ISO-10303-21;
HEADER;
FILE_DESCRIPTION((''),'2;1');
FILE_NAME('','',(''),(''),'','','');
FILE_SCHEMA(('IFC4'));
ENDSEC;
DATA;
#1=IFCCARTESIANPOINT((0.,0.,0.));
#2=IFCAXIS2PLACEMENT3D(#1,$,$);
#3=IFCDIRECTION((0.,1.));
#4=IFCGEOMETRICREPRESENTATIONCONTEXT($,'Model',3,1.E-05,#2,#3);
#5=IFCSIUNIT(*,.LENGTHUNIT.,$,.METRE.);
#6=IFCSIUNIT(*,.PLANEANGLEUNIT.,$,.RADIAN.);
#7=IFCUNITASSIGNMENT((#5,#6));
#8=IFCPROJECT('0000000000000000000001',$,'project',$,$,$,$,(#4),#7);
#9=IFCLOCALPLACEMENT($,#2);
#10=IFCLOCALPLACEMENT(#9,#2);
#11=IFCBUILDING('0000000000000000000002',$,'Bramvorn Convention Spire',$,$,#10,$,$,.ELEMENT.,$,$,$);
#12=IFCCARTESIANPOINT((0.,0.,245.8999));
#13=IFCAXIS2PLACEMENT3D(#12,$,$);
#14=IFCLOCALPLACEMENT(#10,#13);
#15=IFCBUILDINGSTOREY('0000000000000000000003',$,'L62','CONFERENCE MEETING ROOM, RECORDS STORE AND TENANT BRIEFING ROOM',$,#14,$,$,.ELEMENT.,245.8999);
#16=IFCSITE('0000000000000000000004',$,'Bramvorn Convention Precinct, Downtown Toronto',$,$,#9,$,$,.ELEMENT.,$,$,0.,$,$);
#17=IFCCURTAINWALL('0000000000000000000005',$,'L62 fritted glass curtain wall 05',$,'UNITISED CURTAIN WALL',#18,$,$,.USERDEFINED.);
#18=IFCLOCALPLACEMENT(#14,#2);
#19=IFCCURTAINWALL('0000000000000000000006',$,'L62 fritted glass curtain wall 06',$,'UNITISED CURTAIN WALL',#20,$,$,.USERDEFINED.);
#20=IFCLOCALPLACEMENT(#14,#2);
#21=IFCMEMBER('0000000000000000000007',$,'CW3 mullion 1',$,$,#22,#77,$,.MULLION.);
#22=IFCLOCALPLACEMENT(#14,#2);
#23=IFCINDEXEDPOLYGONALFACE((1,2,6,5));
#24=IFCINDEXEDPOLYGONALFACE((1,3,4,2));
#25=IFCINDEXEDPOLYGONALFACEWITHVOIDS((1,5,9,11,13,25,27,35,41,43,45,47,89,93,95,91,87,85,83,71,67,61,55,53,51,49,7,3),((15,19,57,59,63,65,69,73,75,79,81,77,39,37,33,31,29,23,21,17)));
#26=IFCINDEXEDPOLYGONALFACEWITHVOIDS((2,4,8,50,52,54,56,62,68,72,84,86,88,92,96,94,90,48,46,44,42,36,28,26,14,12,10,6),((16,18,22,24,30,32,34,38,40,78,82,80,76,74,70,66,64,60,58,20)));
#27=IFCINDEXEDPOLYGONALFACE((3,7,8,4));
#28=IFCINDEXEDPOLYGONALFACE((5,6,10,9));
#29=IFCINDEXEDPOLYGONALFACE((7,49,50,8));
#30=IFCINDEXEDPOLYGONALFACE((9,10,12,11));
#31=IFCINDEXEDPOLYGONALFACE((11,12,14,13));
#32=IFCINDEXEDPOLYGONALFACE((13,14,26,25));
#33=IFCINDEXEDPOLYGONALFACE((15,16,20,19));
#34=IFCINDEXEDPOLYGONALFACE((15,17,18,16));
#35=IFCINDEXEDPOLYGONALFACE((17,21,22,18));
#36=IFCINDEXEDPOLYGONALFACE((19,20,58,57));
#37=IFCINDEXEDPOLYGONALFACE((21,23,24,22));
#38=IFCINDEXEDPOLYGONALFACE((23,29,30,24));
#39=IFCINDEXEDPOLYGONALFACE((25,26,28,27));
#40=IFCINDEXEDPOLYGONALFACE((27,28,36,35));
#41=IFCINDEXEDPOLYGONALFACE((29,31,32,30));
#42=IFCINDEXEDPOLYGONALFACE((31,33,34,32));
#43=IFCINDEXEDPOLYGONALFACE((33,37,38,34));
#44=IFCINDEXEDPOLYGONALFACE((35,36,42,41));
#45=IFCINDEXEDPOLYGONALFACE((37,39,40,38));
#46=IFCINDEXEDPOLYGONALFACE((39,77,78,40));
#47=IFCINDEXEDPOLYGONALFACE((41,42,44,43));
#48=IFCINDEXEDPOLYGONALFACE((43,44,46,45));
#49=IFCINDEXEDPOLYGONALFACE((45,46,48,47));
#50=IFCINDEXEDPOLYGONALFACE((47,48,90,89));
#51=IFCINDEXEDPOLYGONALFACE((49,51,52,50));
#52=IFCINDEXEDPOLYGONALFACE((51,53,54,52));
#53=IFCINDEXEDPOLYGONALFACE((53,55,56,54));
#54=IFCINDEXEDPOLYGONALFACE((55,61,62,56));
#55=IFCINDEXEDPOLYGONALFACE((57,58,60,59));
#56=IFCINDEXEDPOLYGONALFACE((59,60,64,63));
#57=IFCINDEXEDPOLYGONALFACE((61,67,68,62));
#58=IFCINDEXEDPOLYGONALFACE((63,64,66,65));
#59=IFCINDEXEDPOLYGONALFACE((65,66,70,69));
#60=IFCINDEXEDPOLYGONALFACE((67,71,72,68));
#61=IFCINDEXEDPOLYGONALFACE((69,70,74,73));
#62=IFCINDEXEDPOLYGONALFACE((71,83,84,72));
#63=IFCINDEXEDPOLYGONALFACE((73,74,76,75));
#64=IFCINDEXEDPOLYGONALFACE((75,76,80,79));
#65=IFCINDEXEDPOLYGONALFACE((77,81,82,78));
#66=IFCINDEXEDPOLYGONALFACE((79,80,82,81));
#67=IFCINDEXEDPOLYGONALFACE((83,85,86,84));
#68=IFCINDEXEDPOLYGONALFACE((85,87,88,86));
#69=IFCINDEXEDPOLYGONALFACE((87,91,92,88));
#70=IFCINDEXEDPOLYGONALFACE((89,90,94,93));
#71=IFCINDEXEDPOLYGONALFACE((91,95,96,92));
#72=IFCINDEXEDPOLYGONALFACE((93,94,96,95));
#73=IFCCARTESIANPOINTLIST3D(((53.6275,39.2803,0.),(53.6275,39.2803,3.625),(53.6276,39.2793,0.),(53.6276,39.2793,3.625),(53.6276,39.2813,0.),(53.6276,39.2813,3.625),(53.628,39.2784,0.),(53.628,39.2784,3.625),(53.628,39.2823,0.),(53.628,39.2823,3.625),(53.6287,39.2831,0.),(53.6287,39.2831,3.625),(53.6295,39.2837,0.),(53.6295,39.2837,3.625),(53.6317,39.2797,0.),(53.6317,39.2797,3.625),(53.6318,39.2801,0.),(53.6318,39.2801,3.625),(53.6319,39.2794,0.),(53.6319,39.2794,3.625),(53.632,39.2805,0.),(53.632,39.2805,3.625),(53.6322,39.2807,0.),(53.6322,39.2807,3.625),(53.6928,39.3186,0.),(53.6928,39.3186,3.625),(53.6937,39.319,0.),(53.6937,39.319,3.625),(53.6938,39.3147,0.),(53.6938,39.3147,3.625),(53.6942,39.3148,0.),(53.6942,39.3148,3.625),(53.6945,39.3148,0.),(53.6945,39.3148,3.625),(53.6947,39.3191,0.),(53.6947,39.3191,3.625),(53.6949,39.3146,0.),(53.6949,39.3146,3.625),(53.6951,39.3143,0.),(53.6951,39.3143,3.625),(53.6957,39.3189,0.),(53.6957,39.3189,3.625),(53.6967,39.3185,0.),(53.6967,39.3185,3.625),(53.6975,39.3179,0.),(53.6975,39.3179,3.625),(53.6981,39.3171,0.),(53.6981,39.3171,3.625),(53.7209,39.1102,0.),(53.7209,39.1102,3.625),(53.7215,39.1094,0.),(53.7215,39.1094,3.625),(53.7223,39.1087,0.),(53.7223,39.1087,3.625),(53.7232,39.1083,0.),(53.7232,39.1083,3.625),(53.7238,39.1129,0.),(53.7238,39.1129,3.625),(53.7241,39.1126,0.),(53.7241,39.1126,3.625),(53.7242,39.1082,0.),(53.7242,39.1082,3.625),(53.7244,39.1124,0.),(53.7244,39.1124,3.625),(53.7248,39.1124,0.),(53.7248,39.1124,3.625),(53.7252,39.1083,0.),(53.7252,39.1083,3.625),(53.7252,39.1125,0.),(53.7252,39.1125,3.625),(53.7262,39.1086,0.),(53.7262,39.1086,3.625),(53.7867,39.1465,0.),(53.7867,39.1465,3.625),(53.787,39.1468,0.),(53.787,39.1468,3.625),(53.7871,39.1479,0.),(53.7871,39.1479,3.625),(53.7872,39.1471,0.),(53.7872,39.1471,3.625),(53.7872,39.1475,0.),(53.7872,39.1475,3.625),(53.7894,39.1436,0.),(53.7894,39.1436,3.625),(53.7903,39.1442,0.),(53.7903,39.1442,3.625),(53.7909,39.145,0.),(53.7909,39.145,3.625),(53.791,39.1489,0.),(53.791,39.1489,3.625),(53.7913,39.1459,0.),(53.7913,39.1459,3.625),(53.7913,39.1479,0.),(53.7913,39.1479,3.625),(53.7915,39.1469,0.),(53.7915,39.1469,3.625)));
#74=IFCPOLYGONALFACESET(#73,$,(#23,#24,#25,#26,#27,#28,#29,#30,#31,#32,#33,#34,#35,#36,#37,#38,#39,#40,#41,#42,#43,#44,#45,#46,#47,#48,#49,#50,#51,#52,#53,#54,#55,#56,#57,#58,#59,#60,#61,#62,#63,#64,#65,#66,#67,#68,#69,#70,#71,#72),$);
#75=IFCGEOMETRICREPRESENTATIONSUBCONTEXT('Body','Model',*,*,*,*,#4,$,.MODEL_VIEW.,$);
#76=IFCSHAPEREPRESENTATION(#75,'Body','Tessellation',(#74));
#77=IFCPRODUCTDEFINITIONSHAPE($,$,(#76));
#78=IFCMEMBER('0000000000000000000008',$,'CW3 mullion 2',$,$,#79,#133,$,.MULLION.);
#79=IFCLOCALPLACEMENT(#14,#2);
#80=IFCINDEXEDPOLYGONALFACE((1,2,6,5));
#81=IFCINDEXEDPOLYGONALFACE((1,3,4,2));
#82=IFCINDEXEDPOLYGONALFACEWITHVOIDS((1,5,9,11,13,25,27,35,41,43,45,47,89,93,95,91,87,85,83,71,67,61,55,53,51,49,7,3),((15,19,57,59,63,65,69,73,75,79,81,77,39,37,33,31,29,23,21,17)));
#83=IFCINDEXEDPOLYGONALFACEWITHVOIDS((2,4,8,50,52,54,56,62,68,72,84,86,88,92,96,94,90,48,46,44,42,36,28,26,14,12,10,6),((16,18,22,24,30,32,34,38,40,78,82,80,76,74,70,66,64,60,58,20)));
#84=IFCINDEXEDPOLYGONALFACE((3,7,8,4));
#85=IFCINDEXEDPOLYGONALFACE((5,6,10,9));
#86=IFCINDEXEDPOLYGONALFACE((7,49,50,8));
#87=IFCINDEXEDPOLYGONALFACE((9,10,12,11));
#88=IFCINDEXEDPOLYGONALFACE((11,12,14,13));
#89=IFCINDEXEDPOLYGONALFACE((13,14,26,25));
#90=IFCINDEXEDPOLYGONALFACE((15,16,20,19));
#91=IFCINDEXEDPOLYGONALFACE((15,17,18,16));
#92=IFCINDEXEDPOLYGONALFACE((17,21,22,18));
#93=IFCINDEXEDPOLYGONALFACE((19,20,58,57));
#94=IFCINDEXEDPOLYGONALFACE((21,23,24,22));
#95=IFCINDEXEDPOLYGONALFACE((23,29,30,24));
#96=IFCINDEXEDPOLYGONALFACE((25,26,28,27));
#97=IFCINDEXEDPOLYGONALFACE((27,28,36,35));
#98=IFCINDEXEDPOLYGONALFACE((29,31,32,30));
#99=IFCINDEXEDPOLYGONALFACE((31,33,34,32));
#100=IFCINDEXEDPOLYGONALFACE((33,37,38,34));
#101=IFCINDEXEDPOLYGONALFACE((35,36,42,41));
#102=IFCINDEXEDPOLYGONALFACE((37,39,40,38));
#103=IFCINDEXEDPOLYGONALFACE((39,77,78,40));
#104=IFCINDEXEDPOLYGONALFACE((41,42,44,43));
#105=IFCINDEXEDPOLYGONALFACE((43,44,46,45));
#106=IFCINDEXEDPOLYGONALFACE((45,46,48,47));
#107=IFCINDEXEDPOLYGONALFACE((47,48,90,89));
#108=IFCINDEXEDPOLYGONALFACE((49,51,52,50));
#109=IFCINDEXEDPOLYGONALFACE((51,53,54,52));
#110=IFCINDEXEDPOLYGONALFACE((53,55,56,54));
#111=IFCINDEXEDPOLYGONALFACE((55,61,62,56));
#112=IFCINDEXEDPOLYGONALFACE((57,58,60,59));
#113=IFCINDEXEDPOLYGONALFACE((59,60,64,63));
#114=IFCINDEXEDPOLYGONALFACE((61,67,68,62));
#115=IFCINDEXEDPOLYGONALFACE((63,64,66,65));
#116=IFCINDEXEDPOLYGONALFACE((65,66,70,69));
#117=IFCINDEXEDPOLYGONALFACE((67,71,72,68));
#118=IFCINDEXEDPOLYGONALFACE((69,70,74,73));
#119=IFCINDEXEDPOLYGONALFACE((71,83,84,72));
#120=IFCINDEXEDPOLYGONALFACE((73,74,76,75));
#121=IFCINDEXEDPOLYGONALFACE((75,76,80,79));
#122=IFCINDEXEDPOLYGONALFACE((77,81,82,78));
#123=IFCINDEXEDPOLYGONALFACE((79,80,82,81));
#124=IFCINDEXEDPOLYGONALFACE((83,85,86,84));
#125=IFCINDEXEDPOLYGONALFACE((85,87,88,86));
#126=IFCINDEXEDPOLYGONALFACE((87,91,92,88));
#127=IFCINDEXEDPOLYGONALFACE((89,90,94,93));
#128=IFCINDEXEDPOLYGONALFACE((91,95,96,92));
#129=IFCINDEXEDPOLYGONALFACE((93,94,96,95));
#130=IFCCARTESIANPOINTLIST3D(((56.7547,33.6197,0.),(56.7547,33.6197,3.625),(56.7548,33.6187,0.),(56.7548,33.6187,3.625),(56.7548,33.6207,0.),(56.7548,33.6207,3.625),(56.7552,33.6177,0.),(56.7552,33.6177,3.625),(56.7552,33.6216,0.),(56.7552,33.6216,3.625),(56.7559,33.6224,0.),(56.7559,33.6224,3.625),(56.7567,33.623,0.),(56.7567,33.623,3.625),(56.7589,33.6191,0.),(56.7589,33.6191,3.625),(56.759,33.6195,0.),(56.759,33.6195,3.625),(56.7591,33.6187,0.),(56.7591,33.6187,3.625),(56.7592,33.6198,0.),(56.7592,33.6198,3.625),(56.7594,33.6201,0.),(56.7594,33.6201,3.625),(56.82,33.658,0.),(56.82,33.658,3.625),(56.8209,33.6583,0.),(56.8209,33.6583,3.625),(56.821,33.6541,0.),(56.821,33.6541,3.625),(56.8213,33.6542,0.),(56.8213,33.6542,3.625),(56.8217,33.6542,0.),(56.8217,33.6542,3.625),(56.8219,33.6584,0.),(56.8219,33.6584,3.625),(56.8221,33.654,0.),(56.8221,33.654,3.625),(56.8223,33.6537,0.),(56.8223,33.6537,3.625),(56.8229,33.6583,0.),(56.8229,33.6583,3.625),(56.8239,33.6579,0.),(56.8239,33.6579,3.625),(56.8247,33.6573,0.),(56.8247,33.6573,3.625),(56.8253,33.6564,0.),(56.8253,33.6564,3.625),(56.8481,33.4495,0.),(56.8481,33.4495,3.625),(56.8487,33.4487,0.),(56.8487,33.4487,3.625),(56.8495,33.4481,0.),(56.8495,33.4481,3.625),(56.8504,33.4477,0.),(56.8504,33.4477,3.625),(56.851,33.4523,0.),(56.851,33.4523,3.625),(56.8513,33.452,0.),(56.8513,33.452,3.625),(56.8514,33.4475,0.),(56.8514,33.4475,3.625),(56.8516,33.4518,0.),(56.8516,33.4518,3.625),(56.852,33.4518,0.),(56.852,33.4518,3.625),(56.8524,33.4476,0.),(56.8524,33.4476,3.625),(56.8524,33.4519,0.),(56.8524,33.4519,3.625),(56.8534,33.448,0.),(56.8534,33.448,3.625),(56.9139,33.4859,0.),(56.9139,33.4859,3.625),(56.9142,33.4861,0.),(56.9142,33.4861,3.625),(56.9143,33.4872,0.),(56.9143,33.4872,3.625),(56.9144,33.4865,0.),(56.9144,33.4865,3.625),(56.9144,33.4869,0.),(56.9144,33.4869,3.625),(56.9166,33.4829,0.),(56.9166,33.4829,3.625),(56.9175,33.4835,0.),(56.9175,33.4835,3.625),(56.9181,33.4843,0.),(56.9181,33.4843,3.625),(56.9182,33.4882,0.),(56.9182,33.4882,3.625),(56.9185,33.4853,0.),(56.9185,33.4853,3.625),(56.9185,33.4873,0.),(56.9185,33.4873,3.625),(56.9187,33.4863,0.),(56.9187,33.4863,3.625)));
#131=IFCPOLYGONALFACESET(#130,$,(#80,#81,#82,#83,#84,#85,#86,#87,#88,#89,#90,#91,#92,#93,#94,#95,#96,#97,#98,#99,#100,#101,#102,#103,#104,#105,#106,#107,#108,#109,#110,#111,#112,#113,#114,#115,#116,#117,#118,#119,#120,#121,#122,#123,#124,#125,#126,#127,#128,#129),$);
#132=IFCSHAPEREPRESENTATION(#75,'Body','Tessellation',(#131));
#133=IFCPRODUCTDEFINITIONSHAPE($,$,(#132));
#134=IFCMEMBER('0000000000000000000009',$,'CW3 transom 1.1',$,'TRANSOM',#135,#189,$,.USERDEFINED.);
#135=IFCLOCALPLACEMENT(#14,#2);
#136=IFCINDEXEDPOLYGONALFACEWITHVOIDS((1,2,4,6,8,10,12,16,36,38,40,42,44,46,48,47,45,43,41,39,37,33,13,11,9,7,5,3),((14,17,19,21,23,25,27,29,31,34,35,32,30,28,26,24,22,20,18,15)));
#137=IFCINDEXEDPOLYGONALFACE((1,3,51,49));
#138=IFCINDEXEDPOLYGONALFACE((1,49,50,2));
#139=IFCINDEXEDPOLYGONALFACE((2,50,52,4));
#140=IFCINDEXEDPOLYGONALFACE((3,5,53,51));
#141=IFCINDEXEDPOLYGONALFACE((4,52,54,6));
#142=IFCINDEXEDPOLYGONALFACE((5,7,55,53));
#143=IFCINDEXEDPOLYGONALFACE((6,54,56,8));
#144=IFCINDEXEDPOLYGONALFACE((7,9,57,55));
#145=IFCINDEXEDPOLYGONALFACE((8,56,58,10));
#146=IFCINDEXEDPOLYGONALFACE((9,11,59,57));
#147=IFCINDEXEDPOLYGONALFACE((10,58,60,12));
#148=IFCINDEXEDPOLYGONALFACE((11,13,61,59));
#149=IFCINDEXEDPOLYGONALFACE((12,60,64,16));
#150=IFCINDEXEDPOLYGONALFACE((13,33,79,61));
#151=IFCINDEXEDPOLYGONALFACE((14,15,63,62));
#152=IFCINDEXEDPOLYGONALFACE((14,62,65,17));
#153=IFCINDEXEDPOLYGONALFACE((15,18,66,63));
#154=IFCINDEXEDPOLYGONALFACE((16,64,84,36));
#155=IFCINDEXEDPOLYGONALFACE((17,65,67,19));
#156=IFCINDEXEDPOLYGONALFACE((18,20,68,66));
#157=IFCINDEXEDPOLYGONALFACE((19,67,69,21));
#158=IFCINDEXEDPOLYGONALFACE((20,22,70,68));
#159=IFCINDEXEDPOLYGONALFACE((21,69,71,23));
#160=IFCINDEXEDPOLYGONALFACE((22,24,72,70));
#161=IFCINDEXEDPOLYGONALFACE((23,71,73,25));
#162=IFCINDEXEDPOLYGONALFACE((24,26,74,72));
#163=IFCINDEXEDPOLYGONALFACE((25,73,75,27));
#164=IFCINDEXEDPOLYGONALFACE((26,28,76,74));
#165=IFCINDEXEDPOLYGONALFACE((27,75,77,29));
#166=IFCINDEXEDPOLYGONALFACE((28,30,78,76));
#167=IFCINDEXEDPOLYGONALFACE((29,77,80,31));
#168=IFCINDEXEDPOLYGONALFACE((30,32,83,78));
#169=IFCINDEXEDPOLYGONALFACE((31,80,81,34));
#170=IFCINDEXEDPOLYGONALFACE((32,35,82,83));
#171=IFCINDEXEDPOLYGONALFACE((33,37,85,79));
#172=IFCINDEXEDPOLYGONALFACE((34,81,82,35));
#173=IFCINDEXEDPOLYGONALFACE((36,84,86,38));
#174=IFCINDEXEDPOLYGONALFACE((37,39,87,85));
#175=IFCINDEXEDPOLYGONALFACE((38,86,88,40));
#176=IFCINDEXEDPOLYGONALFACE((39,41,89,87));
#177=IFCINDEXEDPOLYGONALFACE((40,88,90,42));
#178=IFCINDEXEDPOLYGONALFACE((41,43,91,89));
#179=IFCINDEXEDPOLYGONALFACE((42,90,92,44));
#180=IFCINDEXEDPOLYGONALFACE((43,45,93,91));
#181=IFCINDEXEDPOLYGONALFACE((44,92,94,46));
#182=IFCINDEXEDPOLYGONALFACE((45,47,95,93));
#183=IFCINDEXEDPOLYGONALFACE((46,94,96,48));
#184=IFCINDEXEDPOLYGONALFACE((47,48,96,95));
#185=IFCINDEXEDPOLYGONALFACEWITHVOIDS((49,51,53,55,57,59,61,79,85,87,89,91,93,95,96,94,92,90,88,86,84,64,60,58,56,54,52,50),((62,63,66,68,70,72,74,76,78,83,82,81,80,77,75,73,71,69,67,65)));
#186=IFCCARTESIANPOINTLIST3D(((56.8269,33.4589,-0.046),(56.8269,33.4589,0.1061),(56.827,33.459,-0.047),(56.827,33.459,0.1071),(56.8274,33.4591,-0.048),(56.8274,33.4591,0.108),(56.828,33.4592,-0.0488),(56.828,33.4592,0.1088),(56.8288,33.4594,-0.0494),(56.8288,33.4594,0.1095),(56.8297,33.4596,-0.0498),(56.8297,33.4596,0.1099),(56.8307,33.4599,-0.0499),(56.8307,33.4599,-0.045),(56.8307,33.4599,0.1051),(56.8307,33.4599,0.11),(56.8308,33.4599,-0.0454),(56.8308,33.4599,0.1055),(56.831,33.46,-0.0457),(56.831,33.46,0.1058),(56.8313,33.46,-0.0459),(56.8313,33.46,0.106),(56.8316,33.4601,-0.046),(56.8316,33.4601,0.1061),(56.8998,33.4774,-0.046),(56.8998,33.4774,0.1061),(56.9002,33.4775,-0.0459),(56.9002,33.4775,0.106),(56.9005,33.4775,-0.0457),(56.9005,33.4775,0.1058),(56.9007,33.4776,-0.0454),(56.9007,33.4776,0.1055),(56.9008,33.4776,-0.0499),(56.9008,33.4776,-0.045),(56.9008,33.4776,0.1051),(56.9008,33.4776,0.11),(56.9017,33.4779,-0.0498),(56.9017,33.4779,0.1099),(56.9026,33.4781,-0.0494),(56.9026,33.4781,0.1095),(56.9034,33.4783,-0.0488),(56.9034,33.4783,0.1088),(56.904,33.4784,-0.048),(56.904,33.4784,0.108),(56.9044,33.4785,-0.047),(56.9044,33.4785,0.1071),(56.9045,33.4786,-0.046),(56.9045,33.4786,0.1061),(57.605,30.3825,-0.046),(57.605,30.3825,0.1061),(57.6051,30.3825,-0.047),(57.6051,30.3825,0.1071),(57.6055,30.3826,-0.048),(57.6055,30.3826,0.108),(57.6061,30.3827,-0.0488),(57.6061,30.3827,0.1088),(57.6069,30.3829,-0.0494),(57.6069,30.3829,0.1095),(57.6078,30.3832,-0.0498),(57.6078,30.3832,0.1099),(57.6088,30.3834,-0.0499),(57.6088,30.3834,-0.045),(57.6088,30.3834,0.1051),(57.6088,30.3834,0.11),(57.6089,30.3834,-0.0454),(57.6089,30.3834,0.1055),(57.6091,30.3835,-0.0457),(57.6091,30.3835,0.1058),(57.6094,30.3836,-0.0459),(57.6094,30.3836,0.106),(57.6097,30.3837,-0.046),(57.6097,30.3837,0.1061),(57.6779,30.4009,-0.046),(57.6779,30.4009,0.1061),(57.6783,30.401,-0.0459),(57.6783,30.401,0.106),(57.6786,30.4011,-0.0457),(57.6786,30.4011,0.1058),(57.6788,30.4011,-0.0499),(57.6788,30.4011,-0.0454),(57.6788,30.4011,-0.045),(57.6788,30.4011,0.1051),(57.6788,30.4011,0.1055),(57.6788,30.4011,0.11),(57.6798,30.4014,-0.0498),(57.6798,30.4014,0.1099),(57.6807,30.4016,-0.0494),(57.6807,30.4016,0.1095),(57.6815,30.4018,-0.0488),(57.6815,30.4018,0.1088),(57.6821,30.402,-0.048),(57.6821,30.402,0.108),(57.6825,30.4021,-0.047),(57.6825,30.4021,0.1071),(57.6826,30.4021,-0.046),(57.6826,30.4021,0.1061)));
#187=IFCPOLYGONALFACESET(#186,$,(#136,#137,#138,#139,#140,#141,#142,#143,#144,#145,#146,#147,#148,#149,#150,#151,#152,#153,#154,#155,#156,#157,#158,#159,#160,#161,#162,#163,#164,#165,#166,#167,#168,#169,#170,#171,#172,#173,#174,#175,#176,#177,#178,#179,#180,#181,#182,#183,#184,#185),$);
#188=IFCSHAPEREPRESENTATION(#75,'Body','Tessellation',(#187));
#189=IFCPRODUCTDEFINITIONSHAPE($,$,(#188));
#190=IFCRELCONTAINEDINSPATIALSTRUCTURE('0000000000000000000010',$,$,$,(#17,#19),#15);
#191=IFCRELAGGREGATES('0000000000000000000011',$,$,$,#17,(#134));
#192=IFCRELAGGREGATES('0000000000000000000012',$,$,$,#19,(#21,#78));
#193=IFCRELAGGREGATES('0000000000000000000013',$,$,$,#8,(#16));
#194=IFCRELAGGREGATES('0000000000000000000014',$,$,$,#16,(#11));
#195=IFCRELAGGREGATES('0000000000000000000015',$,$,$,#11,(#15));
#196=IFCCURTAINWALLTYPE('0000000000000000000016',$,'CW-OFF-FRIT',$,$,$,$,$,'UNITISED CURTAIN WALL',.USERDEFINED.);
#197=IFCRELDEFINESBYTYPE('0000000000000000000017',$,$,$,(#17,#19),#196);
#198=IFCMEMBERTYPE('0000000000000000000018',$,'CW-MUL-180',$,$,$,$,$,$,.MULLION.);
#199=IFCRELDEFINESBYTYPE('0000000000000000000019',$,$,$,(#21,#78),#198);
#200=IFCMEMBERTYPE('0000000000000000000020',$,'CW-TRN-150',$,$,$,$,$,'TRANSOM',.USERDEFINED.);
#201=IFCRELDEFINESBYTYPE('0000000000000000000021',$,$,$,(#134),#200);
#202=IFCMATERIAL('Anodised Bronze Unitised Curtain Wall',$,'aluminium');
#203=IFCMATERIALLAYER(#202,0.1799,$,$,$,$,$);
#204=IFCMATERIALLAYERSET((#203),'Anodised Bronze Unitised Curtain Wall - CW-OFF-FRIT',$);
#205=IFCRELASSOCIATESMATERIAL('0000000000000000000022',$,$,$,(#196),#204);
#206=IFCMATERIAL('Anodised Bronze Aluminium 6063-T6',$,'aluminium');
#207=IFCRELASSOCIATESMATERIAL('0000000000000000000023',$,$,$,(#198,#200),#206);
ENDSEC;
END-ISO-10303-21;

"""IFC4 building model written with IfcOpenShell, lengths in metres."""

from ifc_helpers import new_model, si_unit, direction, frame, origin, origin_2d, place, context, subcontext, project, spatial, hollow_rectangle, extrude, material, layer, layer_set, material_profile, profile_set, type_object, element, aggregate, save


model = new_model("IFC4")

# Units and contexts
model_context = context("Model", 3, precision=1e-05, world=origin(), true_north=direction((0.0, 1.0)))
body_context = subcontext(model_context, "Body", "Model", "MODEL_VIEW")
ifc_project = project(units=[si_unit("LENGTHUNIT", "METRE"), si_unit("PLANEANGLEUNIT", "RADIAN")], contexts=[model_context])

# Site, building, storey
site_placement = place(None, origin())
site = spatial("IfcSite", under=ifc_project, at=site_placement, Name="Bramvorn Convention Precinct, Downtown Toronto", CompositionType="ELEMENT", RefElevation=0.0)
building_placement = place(site_placement, origin())
building = spatial("IfcBuilding", under=site, at=building_placement, Name="Bramvorn Convention Spire", CompositionType="ELEMENT")
storey_placement = place(building_placement, frame((0.0, 0.0, 245.8999)))
storey = spatial("IfcBuildingStorey", under=building, at=storey_placement, Name="L62", Description="CONFERENCE MEETING ROOM, RECORDS STORE AND TENANT BRIEFING ROOM", CompositionType="ELEMENT", Elevation=245.8999)

# Curtain wall
ifc_material_1 = material(Name="Anodised Bronze Unitised Curtain Wall", Category="aluminium")
ifc_layer_1 = layer(ifc_material_1, 0.1799)
ifc_layer_set_1 = layer_set([ifc_layer_1], Name="Anodised Bronze Unitised Curtain Wall - CW-OFF-FRIT")
curtain_wall_type = type_object("IfcCurtainWallType", Name="CW-OFF-FRIT", ElementType="UNITISED CURTAIN WALL", PredefinedType="USERDEFINED", material=ifc_layer_set_1)
curtain_wall_1_placement = place(storey_placement, origin())
curtain_wall_1 = element("IfcCurtainWall", 1, at=curtain_wall_1_placement, inside=storey, type_object=curtain_wall_type, Name="L62 fritted glass curtain wall 05", ObjectType="UNITISED CURTAIN WALL", PredefinedType="USERDEFINED")
ifc_material_2 = material(Name="Anodised Bronze Aluminium 6063-T6", Category="aluminium")
ifc_material_profile_1 = material_profile(ifc_material_2, hollow_rectangle(XDim=0.0801, YDim=0.2, WallThickness=0.0039, InnerFilletRadius=0.001, OuterFilletRadius=0.0039, at=origin_2d()))
ifc_profile_set_1 = profile_set([ifc_material_profile_1], Name="Anodised Bronze Aluminium 6063-T6 - CWM80X200")
member_type_1 = type_object("IfcMemberType", Name="CW-MUL-180", PredefinedType="MULLION", material=ifc_profile_set_1)

# Curtain wall, members
curtain_wall_2_placement = place(storey_placement, origin())
curtain_wall_2 = element("IfcCurtainWall", 2, at=curtain_wall_2_placement, inside=storey, type_object=curtain_wall_type, Name="L62 fritted glass curtain wall 06", ObjectType="UNITISED CURTAIN WALL", PredefinedType="USERDEFINED")
member_1_placement = place(storey_placement, frame((53.7095, 39.2136, 0.0), z_axis=(0.0, 0.0, 1.0), x_axis=(0.875309, 0.483564, 0.0)))
member_1 = element("IfcMember", 3, at=member_1_placement, type_object=member_type_1, Name="CW3 mullion 1", PredefinedType="MULLION", context=body_context, shape_type="SweptSolid", body=[
    extrude(hollow_rectangle(XDim=0.0801, YDim=0.2, WallThickness=0.0039, InnerFilletRadius=0.001, OuterFilletRadius=0.0039, at=origin_2d()), origin(), (0.0, 0.0, 1.0), 3.625),
])
member_2_placement = place(storey_placement, frame((56.8367, 33.553, 0.0), z_axis=(0.0, 0.0, 1.0), x_axis=(0.875309, 0.483564, 0.0)))
member_2 = element("IfcMember", 4, at=member_2_placement, type_object=member_type_1, Name="CW3 mullion 2", PredefinedType="MULLION", context=body_context, shape_type="SweptSolid", body=[
    extrude(hollow_rectangle(XDim=0.0801, YDim=0.2, WallThickness=0.0039, InnerFilletRadius=0.001, OuterFilletRadius=0.0039, at=origin_2d()), origin(), (0.0, 0.0, 1.0), 3.625),
])

# Member
ifc_material_profile_2 = material_profile(ifc_material_2, hollow_rectangle(XDim=0.0801, YDim=0.1599, WallThickness=0.0039, InnerFilletRadius=0.001, OuterFilletRadius=0.0039, at=origin_2d()))
ifc_profile_set_2 = profile_set([ifc_material_profile_2], Name="Anodised Bronze Aluminium 6063-T6 - CWT80X160")
member_type_2 = type_object("IfcMemberType", Name="CW-TRN-150", ElementType="TRANSOM", PredefinedType="USERDEFINED", material=ifc_profile_set_2)
member_3_placement = place(storey_placement, frame((56.8657, 33.4688, 0.03), z_axis=(0.245196, -0.969474, 0.0), x_axis=(0.969474, 0.245196, 0.0)))
member_3 = element("IfcMember", 5, at=member_3_placement, type_object=member_type_2, Name="CW3 transom 1.1", ObjectType="TRANSOM", PredefinedType="USERDEFINED", context=body_context, shape_type="SweptSolid", body=[
    extrude(hollow_rectangle(XDim=0.0801, YDim=0.1599, WallThickness=0.0039, InnerFilletRadius=0.001, OuterFilletRadius=0.0039, at=origin_2d()), origin(), (0.0, 0.0, 1.0), 3.1733),
])

aggregate(curtain_wall_1, [member_3])
aggregate(curtain_wall_2, [member_1, member_2])

save(model, "model.ifc")
